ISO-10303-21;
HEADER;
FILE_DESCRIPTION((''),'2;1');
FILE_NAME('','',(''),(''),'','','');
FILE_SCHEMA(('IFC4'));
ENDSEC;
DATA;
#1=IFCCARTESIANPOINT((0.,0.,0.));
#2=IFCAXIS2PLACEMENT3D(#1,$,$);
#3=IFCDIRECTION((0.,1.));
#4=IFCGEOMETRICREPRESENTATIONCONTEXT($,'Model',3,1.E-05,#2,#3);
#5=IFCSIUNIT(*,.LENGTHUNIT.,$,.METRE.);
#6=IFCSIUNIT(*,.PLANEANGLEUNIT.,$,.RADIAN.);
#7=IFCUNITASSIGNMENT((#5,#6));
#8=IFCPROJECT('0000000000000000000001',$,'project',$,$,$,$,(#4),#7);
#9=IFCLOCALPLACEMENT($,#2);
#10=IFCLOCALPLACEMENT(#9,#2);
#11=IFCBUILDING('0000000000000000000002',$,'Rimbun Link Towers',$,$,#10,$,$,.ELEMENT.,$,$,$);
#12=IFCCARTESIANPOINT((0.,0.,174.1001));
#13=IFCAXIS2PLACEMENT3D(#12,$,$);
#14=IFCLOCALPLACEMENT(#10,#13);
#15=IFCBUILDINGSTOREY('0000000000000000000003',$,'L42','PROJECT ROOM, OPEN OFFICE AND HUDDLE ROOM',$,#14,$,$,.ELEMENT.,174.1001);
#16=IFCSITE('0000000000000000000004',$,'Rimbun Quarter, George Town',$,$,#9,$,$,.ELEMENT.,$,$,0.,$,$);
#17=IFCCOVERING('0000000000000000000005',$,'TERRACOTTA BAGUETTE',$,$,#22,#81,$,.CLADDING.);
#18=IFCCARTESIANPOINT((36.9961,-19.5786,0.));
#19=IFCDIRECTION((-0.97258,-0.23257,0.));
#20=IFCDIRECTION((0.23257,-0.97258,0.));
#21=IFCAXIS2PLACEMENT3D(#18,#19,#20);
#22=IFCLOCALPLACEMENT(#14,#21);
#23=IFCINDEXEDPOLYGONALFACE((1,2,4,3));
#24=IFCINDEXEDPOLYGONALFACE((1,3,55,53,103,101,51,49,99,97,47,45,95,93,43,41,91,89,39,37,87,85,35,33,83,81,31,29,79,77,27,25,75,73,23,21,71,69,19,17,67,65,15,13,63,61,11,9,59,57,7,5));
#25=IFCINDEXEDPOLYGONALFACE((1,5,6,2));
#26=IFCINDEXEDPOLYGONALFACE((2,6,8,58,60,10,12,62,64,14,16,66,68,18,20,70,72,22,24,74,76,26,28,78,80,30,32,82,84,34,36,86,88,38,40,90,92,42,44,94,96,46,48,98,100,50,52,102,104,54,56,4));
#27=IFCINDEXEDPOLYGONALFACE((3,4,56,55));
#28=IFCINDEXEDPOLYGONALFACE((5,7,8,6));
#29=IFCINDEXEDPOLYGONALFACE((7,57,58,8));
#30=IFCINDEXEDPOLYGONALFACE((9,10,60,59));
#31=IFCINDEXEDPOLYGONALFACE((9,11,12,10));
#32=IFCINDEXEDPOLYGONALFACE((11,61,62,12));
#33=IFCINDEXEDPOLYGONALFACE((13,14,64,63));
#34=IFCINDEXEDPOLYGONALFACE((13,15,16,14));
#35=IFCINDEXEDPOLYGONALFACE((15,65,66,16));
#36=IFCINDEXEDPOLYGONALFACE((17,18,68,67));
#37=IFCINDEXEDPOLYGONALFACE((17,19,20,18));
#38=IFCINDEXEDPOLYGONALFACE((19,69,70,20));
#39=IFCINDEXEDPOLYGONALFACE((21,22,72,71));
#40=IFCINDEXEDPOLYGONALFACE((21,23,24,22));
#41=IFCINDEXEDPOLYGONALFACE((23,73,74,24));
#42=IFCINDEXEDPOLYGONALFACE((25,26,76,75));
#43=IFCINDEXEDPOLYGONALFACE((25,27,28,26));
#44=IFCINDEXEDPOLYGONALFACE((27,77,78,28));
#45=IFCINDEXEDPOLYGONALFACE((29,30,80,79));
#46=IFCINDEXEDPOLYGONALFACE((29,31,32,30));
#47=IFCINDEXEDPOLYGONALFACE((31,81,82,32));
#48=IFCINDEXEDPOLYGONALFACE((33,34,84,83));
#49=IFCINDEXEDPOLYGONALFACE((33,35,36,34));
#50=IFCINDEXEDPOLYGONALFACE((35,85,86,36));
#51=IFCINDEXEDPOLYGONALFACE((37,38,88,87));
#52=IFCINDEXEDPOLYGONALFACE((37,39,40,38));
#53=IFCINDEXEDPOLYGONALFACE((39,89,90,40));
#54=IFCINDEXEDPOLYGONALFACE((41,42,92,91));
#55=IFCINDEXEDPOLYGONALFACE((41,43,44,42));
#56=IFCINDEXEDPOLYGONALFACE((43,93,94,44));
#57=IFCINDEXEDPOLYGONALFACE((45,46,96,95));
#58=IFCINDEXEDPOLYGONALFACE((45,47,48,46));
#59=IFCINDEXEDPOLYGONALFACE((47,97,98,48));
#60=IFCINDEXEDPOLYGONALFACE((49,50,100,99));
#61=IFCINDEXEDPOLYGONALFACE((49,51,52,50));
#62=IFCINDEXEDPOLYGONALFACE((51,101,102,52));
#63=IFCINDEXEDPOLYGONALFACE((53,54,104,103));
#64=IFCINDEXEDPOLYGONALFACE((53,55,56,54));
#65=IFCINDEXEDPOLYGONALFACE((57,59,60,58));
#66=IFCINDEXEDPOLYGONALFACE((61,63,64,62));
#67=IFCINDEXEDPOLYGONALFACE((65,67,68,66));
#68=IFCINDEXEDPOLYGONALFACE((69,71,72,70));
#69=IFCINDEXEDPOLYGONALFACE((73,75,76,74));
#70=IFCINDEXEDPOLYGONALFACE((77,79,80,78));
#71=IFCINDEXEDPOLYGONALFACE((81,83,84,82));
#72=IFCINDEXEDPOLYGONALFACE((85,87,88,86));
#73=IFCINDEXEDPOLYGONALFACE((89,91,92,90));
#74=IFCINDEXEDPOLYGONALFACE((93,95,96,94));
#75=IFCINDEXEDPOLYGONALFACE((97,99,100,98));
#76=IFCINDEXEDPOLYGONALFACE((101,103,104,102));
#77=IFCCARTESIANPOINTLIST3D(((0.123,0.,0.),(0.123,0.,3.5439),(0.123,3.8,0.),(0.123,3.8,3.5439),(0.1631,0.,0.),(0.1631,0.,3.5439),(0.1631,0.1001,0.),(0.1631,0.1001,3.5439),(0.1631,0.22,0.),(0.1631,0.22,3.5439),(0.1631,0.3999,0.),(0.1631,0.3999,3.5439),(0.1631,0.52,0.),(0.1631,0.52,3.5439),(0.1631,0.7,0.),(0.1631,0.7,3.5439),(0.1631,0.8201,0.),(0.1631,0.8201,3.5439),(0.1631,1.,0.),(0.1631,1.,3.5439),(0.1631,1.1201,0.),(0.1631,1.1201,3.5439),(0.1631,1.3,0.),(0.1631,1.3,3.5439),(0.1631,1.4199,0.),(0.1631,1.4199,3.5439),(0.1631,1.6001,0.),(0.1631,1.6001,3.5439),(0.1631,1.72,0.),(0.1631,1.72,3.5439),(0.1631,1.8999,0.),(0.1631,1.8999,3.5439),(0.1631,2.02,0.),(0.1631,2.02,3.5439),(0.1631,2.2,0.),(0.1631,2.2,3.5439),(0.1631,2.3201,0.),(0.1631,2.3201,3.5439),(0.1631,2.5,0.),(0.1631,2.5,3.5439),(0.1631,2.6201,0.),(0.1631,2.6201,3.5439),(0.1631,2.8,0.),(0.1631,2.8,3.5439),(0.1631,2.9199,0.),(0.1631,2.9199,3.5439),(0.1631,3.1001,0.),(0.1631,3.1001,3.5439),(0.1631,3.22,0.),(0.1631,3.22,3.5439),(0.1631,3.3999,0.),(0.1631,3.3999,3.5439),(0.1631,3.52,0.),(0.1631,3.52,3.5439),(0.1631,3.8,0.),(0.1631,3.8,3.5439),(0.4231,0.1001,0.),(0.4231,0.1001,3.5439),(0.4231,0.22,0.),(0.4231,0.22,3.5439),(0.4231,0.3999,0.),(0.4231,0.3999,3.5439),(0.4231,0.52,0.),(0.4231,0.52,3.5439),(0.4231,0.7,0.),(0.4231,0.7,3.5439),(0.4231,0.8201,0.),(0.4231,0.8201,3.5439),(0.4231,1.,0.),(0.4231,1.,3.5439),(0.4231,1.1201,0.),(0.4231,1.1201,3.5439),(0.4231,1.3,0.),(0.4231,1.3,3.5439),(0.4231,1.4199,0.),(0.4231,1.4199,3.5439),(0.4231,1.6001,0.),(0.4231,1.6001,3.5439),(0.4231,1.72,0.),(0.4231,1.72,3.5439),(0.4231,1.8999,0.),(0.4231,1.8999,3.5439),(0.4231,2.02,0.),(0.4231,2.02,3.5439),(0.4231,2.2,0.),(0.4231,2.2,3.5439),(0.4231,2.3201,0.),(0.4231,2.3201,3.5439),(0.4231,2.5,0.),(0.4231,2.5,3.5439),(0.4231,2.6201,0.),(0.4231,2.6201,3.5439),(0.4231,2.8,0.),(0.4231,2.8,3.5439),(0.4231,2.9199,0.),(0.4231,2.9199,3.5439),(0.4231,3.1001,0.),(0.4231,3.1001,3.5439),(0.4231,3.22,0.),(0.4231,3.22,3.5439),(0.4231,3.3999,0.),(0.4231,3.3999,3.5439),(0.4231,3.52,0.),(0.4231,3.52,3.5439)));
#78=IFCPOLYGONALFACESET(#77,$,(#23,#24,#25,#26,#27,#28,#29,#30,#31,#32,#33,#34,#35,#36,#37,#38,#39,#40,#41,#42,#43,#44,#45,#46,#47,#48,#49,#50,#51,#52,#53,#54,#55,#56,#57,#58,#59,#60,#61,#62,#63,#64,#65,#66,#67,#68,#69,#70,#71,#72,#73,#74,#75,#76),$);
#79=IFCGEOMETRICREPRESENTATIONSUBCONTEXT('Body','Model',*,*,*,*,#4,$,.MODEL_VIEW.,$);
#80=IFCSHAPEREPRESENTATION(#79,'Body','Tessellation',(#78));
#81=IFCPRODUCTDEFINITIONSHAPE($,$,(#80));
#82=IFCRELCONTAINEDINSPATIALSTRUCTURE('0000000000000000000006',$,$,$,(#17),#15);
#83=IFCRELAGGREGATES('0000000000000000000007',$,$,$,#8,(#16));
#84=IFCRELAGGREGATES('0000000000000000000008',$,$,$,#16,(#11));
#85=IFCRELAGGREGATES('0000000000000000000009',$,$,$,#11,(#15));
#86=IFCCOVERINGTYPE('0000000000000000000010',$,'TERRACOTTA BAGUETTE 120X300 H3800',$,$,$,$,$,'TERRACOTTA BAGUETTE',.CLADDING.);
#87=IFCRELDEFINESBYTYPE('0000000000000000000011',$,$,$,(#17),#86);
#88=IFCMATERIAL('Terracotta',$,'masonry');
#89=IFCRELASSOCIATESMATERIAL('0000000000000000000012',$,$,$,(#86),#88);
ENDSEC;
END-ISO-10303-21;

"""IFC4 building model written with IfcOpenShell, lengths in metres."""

from ifc_helpers import new_model, si_unit, direction, frame, origin, place, context, subcontext, project, spatial, polyline, outline, extrude, material, material_profile, profile_set, type_object, element, save


model = new_model("IFC4")

# Units and contexts
model_context = context("Model", 3, precision=1e-05, world=origin(), true_north=direction((0.0, 1.0)))
body_context = subcontext(model_context, "Body", "Model", "MODEL_VIEW")
ifc_project = project(units=[si_unit("LENGTHUNIT", "METRE"), si_unit("PLANEANGLEUNIT", "RADIAN")], contexts=[model_context])

# Site, building, storey
site_placement = place(None, origin())
site = spatial("IfcSite", under=ifc_project, at=site_placement, Name="Rimbun Quarter, George Town", CompositionType="ELEMENT", RefElevation=0.0)
building_placement = place(site_placement, origin())
building = spatial("IfcBuilding", under=site, at=building_placement, Name="Rimbun Link Towers", CompositionType="ELEMENT")
storey_placement = place(building_placement, frame((0.0, 0.0, 174.1001)))
storey = spatial("IfcBuildingStorey", under=building, at=storey_placement, Name="L42", Description="PROJECT ROOM, OPEN OFFICE AND HUDDLE ROOM", CompositionType="ELEMENT", Elevation=174.1001)

# Covering
ifc_material_1 = material(Name="Terracotta", Category="masonry")
ifc_material_profile_1 = material_profile(ifc_material_1, outline(polyline([(0.123, 0.0), (0.1631, 0.0), (0.1631, 0.1001), (0.4231, 0.1001), (0.4231, 0.22), (0.1631, 0.22), (0.1631, 0.3999), (0.4231, 0.3999), (0.4231, 0.52), (0.1631, 0.52), (0.1631, 0.7), (0.4231, 0.7), (0.4231, 0.8201), (0.1631, 0.8201), (0.1631, 1.0), (0.4231, 1.0), (0.4231, 1.1201), (0.1631, 1.1201), (0.1631, 1.3), (0.4231, 1.3), (0.4231, 1.4199), (0.1631, 1.4199), (0.1631, 1.6001), (0.4231, 1.6001), (0.4231, 1.72), (0.1631, 1.72), (0.1631, 1.8999), (0.4231, 1.8999), (0.4231, 2.02), (0.1631, 2.02), (0.1631, 2.2), (0.4231, 2.2), (0.4231, 2.3201), (0.1631, 2.3201), (0.1631, 2.5), (0.4231, 2.5), (0.4231, 2.6201), (0.1631, 2.6201), (0.1631, 2.8), (0.4231, 2.8), (0.4231, 2.9199), (0.1631, 2.9199), (0.1631, 3.1001), (0.4231, 3.1001), (0.4231, 3.22), (0.1631, 3.22), (0.1631, 3.3999), (0.4231, 3.3999), (0.4231, 3.52), (0.1631, 3.52), (0.1631, 3.8), (0.123, 3.8), (0.123, 0.0)])), Name="BAGUETTE 120X300")
ifc_profile_set_1 = profile_set([ifc_material_profile_1], Name="Terracotta")
covering_type = type_object("IfcCoveringType", Name="TERRACOTTA BAGUETTE 120X300 H3800", ElementType="TERRACOTTA BAGUETTE", PredefinedType="CLADDING", material=ifc_profile_set_1)
covering_1_placement = place(storey_placement, frame((36.9961, -19.5786, 0.0), z_axis=(-0.97258, -0.23257, 0.0), x_axis=(0.23257, -0.97258, 0.0)))
element("IfcCovering", 1, at=covering_1_placement, inside=storey, type_object=covering_type, Name="TERRACOTTA BAGUETTE", PredefinedType="CLADDING", context=body_context, shape_type="SweptSolid", body=[
    extrude(outline(polyline([(0.123, 0.0), (0.1631, 0.0), (0.1631, 0.1001), (0.4231, 0.1001), (0.4231, 0.22), (0.1631, 0.22), (0.1631, 0.3999), (0.4231, 0.3999), (0.4231, 0.52), (0.1631, 0.52), (0.1631, 0.7), (0.4231, 0.7), (0.4231, 0.8201), (0.1631, 0.8201), (0.1631, 1.0), (0.4231, 1.0), (0.4231, 1.1201), (0.1631, 1.1201), (0.1631, 1.3), (0.4231, 1.3), (0.4231, 1.4199), (0.1631, 1.4199), (0.1631, 1.6001), (0.4231, 1.6001), (0.4231, 1.72), (0.1631, 1.72), (0.1631, 1.8999), (0.4231, 1.8999), (0.4231, 2.02), (0.1631, 2.02), (0.1631, 2.2), (0.4231, 2.2), (0.4231, 2.3201), (0.1631, 2.3201), (0.1631, 2.5), (0.4231, 2.5), (0.4231, 2.6201), (0.1631, 2.6201), (0.1631, 2.8), (0.4231, 2.8), (0.4231, 2.9199), (0.1631, 2.9199), (0.1631, 3.1001), (0.4231, 3.1001), (0.4231, 3.22), (0.1631, 3.22), (0.1631, 3.3999), (0.4231, 3.3999), (0.4231, 3.52), (0.1631, 3.52), (0.1631, 3.8), (0.123, 3.8), (0.123, 0.0)])), origin(), (0.0, 0.0, 1.0), 3.5439),
])

save(model, "model.ifc")
